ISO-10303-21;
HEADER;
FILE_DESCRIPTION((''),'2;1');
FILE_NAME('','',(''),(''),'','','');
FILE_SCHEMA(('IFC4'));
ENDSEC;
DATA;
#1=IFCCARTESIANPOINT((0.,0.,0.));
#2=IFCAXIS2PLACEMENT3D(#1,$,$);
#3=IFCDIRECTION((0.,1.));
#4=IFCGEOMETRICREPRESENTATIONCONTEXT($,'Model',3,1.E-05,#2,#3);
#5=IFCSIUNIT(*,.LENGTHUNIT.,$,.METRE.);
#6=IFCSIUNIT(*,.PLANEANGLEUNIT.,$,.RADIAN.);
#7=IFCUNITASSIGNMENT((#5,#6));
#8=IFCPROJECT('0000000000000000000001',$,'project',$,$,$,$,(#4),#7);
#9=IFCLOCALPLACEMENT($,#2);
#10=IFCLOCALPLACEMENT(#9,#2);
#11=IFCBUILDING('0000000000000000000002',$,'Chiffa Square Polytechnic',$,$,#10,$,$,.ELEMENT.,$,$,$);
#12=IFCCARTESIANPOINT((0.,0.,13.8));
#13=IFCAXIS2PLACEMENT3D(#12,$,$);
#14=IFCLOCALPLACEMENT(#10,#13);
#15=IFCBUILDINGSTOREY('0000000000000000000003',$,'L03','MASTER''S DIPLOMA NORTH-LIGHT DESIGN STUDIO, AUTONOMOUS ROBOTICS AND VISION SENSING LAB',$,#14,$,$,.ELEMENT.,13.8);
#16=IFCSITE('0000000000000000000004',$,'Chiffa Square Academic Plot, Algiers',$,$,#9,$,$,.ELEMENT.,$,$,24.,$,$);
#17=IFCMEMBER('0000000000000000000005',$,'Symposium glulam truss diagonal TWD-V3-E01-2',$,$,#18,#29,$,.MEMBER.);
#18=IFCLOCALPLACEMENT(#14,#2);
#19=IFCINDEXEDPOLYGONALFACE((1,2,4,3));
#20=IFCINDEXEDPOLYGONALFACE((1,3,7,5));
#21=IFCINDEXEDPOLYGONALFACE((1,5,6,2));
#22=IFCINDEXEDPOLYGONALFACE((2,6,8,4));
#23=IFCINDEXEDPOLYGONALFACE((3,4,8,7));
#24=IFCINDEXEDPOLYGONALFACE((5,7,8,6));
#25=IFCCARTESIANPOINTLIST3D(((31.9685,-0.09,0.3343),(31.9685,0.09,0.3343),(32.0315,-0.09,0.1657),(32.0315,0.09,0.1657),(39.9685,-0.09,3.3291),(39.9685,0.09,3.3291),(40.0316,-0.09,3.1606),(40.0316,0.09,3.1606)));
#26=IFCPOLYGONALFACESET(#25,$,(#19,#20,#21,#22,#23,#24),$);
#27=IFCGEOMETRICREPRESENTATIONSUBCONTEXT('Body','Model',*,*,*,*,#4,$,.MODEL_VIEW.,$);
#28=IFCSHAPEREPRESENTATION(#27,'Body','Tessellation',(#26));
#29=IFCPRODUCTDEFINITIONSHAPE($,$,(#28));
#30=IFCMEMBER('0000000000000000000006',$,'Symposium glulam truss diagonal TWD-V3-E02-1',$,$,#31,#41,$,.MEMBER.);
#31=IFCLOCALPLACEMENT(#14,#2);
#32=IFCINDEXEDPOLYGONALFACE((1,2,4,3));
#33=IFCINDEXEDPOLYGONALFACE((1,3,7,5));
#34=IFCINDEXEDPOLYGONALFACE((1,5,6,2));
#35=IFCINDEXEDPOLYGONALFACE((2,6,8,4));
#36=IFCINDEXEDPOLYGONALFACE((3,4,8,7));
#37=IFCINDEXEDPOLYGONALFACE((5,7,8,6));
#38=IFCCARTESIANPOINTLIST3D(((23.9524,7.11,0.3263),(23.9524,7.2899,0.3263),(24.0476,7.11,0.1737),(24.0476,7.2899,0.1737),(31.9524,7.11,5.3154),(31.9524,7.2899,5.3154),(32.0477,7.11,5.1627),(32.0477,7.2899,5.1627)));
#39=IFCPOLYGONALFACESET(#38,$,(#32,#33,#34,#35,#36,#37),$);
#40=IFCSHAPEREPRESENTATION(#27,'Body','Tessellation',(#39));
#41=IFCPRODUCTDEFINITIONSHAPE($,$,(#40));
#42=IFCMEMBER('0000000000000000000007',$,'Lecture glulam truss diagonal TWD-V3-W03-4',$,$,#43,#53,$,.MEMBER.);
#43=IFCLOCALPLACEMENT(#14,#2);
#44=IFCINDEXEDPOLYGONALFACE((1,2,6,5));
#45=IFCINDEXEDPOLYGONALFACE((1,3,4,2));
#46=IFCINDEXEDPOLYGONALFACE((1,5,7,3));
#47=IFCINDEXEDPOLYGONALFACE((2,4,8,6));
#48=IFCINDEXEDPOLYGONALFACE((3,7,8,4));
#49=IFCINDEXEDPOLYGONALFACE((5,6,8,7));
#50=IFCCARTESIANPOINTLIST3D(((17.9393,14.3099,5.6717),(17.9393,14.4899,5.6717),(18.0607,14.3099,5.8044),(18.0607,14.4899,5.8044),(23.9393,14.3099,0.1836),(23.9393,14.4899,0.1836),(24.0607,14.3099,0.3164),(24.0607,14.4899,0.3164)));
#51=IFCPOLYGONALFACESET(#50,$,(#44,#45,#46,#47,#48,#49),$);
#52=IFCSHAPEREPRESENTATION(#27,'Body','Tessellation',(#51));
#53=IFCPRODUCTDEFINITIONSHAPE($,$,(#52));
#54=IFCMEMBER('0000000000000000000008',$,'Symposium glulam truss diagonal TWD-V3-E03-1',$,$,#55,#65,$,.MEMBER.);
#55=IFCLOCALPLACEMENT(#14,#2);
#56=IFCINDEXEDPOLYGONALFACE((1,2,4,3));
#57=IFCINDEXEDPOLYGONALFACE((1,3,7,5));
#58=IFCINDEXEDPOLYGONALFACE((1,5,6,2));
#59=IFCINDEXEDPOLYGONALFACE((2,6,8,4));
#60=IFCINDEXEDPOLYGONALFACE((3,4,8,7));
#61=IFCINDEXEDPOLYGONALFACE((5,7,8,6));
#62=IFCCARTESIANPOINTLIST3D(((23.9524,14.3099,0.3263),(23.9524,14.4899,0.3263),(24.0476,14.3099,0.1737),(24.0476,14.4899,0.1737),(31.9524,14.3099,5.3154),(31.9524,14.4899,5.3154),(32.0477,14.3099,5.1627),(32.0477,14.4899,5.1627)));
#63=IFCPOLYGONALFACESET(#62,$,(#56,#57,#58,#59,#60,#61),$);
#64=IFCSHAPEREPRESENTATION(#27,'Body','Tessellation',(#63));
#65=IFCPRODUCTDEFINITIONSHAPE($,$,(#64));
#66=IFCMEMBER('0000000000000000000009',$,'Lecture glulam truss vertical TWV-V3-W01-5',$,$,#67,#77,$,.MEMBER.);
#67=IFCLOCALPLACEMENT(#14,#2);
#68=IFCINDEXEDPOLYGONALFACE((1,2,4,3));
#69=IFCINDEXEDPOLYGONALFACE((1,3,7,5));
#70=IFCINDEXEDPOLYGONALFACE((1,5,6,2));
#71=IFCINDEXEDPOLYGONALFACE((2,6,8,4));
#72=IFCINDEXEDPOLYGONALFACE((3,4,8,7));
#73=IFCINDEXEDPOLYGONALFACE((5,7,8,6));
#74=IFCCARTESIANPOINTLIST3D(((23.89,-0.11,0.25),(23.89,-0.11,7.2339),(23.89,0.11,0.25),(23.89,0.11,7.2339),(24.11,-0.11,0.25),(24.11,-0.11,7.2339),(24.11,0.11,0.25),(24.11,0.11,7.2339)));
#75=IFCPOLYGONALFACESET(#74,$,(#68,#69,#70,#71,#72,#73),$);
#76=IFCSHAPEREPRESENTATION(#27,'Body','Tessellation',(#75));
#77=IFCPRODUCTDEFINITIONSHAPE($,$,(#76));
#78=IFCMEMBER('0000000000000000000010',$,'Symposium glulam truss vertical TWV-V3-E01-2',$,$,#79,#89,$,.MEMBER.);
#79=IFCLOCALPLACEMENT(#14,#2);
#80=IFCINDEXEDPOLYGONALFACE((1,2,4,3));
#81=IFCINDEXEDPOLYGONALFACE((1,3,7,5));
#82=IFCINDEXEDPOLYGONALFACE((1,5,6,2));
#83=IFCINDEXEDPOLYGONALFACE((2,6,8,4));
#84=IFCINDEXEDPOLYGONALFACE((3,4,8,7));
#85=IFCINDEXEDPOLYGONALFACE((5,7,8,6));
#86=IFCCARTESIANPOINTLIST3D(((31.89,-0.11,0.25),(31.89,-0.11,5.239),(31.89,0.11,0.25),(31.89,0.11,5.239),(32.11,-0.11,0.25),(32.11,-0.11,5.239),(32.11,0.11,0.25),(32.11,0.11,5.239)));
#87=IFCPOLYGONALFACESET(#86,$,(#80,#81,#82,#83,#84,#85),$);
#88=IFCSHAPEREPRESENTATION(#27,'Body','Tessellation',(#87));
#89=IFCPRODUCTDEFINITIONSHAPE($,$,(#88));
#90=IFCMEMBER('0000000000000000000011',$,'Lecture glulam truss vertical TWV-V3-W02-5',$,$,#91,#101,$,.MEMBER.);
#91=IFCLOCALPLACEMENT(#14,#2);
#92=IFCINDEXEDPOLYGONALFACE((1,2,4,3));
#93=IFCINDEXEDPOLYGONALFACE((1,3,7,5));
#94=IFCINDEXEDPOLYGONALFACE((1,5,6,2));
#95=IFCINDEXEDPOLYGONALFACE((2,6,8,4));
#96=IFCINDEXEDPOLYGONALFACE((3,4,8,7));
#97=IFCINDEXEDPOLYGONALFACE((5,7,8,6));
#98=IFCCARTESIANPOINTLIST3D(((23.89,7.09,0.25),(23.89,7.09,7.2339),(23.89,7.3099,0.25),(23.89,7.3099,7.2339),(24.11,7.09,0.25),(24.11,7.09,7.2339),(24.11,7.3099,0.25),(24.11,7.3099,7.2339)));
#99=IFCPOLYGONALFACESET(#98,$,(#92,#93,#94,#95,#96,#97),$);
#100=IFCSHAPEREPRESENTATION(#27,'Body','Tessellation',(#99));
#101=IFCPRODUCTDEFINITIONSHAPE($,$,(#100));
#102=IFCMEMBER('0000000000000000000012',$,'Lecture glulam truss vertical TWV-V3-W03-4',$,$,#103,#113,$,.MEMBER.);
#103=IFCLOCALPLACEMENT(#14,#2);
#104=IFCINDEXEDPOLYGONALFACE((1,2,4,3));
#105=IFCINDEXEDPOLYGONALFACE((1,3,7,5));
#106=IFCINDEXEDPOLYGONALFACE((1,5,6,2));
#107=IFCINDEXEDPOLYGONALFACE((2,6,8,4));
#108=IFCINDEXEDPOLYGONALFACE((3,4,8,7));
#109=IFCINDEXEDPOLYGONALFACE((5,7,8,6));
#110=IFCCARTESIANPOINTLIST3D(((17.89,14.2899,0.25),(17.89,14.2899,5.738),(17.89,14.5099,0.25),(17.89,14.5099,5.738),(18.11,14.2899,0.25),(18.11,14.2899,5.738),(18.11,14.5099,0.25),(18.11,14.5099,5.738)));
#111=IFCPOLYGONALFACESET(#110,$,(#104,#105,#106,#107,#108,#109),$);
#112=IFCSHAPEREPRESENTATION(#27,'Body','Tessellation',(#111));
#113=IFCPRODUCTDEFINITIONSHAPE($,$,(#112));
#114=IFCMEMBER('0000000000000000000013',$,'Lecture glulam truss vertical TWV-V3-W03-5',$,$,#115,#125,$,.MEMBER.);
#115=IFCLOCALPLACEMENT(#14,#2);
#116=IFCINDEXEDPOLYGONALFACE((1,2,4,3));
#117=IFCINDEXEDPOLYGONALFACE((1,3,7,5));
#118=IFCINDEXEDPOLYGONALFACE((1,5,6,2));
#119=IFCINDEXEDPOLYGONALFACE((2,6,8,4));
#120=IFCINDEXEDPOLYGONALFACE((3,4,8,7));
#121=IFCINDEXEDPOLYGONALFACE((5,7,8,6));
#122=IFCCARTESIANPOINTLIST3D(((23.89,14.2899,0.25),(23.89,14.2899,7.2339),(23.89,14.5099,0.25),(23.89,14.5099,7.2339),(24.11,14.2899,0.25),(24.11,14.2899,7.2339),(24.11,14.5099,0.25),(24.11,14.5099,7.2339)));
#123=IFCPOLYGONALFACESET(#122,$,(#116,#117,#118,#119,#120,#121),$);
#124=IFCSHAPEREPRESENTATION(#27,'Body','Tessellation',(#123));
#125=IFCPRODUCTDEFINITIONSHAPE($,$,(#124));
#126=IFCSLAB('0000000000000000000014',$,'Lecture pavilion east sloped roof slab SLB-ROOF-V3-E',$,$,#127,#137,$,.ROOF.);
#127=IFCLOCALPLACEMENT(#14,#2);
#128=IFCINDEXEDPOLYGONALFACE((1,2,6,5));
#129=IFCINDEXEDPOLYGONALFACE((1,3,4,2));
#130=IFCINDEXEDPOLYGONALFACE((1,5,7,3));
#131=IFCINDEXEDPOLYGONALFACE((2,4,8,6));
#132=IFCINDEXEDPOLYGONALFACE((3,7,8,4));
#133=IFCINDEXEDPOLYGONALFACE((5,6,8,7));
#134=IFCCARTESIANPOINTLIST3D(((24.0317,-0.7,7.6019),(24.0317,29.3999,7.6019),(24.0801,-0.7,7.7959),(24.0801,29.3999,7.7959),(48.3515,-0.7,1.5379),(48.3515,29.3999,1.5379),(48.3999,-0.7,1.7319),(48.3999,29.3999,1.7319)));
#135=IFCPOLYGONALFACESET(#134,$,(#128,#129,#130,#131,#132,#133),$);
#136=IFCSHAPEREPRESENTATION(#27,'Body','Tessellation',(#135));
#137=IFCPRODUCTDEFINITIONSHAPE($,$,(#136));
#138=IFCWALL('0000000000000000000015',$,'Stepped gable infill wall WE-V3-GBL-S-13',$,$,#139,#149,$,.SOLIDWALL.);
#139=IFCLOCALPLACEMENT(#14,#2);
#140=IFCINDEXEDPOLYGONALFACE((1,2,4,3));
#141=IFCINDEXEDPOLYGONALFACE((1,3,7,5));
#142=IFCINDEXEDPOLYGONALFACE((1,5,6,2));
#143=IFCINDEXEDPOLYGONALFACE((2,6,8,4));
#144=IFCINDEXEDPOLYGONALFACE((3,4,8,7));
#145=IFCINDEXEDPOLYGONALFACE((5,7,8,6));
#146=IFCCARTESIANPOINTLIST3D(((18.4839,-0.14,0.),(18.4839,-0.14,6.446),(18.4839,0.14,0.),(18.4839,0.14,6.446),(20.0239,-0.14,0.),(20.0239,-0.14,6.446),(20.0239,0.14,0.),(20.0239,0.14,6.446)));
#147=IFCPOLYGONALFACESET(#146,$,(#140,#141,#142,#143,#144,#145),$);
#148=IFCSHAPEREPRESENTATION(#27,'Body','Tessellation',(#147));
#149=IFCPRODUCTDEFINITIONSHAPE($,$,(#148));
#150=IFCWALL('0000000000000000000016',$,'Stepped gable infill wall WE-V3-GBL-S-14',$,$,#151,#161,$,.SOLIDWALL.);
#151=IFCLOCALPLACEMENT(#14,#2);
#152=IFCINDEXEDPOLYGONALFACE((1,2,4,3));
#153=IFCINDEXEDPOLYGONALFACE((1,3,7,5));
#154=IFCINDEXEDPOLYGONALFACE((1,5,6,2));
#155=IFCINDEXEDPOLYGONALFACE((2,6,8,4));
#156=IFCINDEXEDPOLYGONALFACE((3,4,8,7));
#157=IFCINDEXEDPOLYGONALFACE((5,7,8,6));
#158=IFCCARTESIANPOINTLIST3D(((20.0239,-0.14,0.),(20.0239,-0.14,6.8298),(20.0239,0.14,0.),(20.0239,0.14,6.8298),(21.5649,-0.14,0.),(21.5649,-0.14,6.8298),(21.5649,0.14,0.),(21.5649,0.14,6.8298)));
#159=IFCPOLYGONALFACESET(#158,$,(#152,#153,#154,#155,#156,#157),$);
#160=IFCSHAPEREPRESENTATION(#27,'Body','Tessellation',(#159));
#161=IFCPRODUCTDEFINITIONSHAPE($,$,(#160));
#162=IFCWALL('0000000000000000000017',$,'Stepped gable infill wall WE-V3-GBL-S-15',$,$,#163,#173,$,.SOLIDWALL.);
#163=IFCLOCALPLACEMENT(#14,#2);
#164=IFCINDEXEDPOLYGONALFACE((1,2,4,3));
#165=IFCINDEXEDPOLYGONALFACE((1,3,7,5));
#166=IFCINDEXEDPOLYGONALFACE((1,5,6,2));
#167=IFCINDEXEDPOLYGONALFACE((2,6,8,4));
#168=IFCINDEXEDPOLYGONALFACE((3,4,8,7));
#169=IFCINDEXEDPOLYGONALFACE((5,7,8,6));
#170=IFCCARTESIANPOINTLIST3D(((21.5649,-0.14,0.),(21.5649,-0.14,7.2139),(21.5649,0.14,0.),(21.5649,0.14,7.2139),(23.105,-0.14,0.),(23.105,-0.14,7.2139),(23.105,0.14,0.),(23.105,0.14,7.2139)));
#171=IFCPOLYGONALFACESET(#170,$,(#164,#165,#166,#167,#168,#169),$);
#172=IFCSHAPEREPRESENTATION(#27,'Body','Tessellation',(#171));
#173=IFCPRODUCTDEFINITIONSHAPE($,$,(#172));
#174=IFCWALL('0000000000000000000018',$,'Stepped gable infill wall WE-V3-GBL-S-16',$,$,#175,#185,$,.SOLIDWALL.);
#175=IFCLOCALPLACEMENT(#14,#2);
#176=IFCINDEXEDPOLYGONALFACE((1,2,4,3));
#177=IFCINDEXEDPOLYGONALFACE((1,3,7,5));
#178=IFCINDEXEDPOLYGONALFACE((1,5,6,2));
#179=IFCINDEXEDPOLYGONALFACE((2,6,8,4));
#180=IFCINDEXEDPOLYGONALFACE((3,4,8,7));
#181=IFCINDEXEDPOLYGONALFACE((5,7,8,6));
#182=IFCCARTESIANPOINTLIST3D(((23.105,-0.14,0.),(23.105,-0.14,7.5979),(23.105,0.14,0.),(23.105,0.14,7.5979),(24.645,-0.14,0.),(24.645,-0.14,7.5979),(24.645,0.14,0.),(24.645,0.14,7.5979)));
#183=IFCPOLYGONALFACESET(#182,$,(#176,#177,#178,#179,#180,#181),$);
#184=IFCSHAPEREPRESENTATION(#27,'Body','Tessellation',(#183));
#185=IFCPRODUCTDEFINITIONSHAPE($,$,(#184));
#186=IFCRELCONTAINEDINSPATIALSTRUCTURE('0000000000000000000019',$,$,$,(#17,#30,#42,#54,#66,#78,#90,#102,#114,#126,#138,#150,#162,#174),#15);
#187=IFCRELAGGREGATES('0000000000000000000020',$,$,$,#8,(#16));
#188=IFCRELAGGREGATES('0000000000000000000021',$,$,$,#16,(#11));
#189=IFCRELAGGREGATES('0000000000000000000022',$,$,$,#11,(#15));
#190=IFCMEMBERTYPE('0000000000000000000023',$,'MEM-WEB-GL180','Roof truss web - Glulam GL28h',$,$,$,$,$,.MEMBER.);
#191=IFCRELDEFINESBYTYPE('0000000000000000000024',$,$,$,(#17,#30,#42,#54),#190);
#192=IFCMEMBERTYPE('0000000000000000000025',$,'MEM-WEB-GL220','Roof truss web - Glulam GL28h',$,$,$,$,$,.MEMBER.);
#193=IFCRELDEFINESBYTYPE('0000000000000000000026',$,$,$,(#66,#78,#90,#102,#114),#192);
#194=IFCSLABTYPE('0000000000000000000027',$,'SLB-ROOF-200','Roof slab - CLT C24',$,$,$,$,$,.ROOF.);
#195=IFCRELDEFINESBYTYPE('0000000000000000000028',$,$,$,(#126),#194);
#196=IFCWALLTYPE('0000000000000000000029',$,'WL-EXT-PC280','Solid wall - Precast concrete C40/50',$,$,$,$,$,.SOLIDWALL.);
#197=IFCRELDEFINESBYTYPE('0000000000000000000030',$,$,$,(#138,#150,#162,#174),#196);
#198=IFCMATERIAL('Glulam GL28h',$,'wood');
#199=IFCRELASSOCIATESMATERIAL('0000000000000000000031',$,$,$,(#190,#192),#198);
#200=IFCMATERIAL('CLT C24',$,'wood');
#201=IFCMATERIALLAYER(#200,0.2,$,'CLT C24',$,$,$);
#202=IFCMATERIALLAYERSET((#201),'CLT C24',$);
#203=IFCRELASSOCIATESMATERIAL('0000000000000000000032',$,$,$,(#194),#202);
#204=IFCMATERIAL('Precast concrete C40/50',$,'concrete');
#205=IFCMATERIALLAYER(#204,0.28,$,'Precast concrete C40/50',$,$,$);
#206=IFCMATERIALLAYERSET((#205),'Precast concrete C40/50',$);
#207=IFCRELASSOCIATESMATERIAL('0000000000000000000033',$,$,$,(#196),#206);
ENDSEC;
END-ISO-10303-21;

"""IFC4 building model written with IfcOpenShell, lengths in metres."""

from ifc_helpers import new_model, si_unit, direction, frame, frame_2d, origin, origin_2d, place, context, subcontext, project, spatial, polyline, rectangle, outline, extrude, material, layer, layer_set, material_profile, profile_set, type_object, element, save


model = new_model("IFC4")

# Units and contexts
model_context = context("Model", 3, precision=1e-05, world=origin(), true_north=direction((0.0, 1.0)))
body_context = subcontext(model_context, "Body", "Model", "MODEL_VIEW")
ifc_project = project(units=[si_unit("LENGTHUNIT", "METRE"), si_unit("PLANEANGLEUNIT", "RADIAN")], contexts=[model_context])

# Site, building, storey
site_placement = place(None, origin())
site = spatial("IfcSite", under=ifc_project, at=site_placement, Name="Chiffa Square Academic Plot, Algiers", CompositionType="ELEMENT", RefElevation=24.0)
building_placement = place(site_placement, origin())
building = spatial("IfcBuilding", under=site, at=building_placement, Name="Chiffa Square Polytechnic", CompositionType="ELEMENT")
storey_placement = place(building_placement, frame((0.0, 0.0, 13.8)))
storey = spatial("IfcBuildingStorey", under=building, at=storey_placement, Name="L03", Description="MASTER'S DIPLOMA NORTH-LIGHT DESIGN STUDIO, AUTONOMOUS ROBOTICS AND VISION SENSING LAB", CompositionType="ELEMENT", Elevation=13.8)

# Members
ifc_material_1 = material(Name="Glulam GL28h", Category="wood")
ifc_material_profile_1 = material_profile(ifc_material_1, rectangle(XDim=0.1799, YDim=0.1799, at=origin_2d()), Name="GL28h 180x180")
ifc_profile_set_1 = profile_set([ifc_material_profile_1], Name="Glulam GL28h")
member_type_1 = type_object("IfcMemberType", Name="MEM-WEB-GL180", Description="Roof truss web - Glulam GL28h", PredefinedType="MEMBER", material=ifc_profile_set_1)
member_1_placement = place(storey_placement, frame((32.0, 0.0, 0.25), z_axis=(0.936526, 0.0, 0.350597), x_axis=(0.0, 1.0, 0.0)))
element("IfcMember", 1, at=member_1_placement, inside=storey, type_object=member_type_1, Name="Symposium glulam truss diagonal TWD-V3-E01-2", PredefinedType="MEMBER", context=body_context, shape_type="SweptSolid", body=[
    extrude(rectangle(XDim=0.1799, YDim=0.1799, at=origin_2d()), origin(), (0.0, 0.0, 1.0), 8.5422),
])
member_2_placement = place(storey_placement, frame((24.0, 7.2, 0.25), z_axis=(0.848522, 0.0, 0.529161), x_axis=(0.0, 1.0, 0.0)))
element("IfcMember", 2, at=member_2_placement, inside=storey, type_object=member_type_1, Name="Symposium glulam truss diagonal TWD-V3-E02-1", PredefinedType="MEMBER", context=body_context, shape_type="SweptSolid", body=[
    extrude(rectangle(XDim=0.1799, YDim=0.1799, at=origin_2d()), origin(), (0.0, 0.0, 1.0), 9.4282),
])
member_3_placement = place(storey_placement, frame((18.0, 14.3999, 5.738), z_axis=(0.737887, 0.0, -0.674925), x_axis=(0.0, 1.0, 0.0)))
element("IfcMember", 3, at=member_3_placement, inside=storey, type_object=member_type_1, Name="Lecture glulam truss diagonal TWD-V3-W03-4", PredefinedType="MEMBER", context=body_context, shape_type="SweptSolid", body=[
    extrude(rectangle(XDim=0.1799, YDim=0.1799, at=origin_2d()), origin(), (0.0, 0.0, 1.0), 8.1313),
])
member_4_placement = place(storey_placement, frame((24.0, 14.3999, 0.25), z_axis=(0.848522, 0.0, 0.529161), x_axis=(0.0, 1.0, 0.0)))
element("IfcMember", 4, at=member_4_placement, inside=storey, type_object=member_type_1, Name="Symposium glulam truss diagonal TWD-V3-E03-1", PredefinedType="MEMBER", context=body_context, shape_type="SweptSolid", body=[
    extrude(rectangle(XDim=0.1799, YDim=0.1799, at=origin_2d()), origin(), (0.0, 0.0, 1.0), 9.4282),
])
ifc_material_profile_2 = material_profile(ifc_material_1, rectangle(XDim=0.22, YDim=0.22, at=origin_2d()), Name="GL28h 220x220")
ifc_profile_set_2 = profile_set([ifc_material_profile_2], Name="Glulam GL28h")
member_type_2 = type_object("IfcMemberType", Name="MEM-WEB-GL220", Description="Roof truss web - Glulam GL28h", PredefinedType="MEMBER", material=ifc_profile_set_2)
member_5_placement = place(storey_placement, frame((24.0, 0.0, 0.25), z_axis=(0.0, 0.0, 1.0), x_axis=(1.0, 0.0, 0.0)))
element("IfcMember", 5, at=member_5_placement, inside=storey, type_object=member_type_2, Name="Lecture glulam truss vertical TWV-V3-W01-5", PredefinedType="MEMBER", context=body_context, shape_type="SweptSolid", body=[
    extrude(rectangle(XDim=0.22, YDim=0.22, at=origin_2d()), origin(), (0.0, 0.0, 1.0), 6.9839),
])
member_6_placement = place(storey_placement, frame((32.0, 0.0, 0.25), z_axis=(0.0, 0.0, 1.0), x_axis=(1.0, 0.0, 0.0)))
element("IfcMember", 6, at=member_6_placement, inside=storey, type_object=member_type_2, Name="Symposium glulam truss vertical TWV-V3-E01-2", PredefinedType="MEMBER", context=body_context, shape_type="SweptSolid", body=[
    extrude(rectangle(XDim=0.22, YDim=0.22, at=origin_2d()), origin(), (0.0, 0.0, 1.0), 4.989),
])
member_7_placement = place(storey_placement, frame((24.0, 7.2, 0.25), z_axis=(0.0, 0.0, 1.0), x_axis=(1.0, 0.0, 0.0)))
element("IfcMember", 7, at=member_7_placement, inside=storey, type_object=member_type_2, Name="Lecture glulam truss vertical TWV-V3-W02-5", PredefinedType="MEMBER", context=body_context, shape_type="SweptSolid", body=[
    extrude(rectangle(XDim=0.22, YDim=0.22, at=origin_2d()), origin(), (0.0, 0.0, 1.0), 6.9839),
])
member_8_placement = place(storey_placement, frame((18.0, 14.3999, 0.25), z_axis=(0.0, 0.0, 1.0), x_axis=(1.0, 0.0, 0.0)))
element("IfcMember", 8, at=member_8_placement, inside=storey, type_object=member_type_2, Name="Lecture glulam truss vertical TWV-V3-W03-4", PredefinedType="MEMBER", context=body_context, shape_type="SweptSolid", body=[
    extrude(rectangle(XDim=0.22, YDim=0.22, at=origin_2d()), origin(), (0.0, 0.0, 1.0), 5.488),
])
member_9_placement = place(storey_placement, frame((24.0, 14.3999, 0.25), z_axis=(0.0, 0.0, 1.0), x_axis=(1.0, 0.0, 0.0)))
element("IfcMember", 9, at=member_9_placement, inside=storey, type_object=member_type_2, Name="Lecture glulam truss vertical TWV-V3-W03-5", PredefinedType="MEMBER", context=body_context, shape_type="SweptSolid", body=[
    extrude(rectangle(XDim=0.22, YDim=0.22, at=origin_2d()), origin(), (0.0, 0.0, 1.0), 6.9839),
])

# Slab
ifc_material_2 = material(Name="CLT C24", Category="wood")
ifc_layer_1 = layer(ifc_material_2, 0.2, Name="CLT C24")
ifc_layer_set_1 = layer_set([ifc_layer_1], Name="CLT C24")
slab_type = type_object("IfcSlabType", Name="SLB-ROOF-200", Description="Roof slab - CLT C24", PredefinedType="ROOF", material=ifc_layer_set_1)
slab_placement = place(storey_placement, frame((24.0801, -0.7, 7.7959), z_axis=(0.241935, 0.0, 0.970292), x_axis=(0.970292, 0.0, -0.241935)))
element("IfcSlab", 10, at=slab_placement, inside=storey, type_object=slab_type, Name="Lecture pavilion east sloped roof slab SLB-ROOF-V3-E", PredefinedType="ROOF", context=body_context, shape_type="SweptSolid", body=[
    extrude(outline(polyline([(0.0, 0.0), (25.0644, 0.0), (25.0644, 30.0999), (0.0, 30.0999), (0.0, 0.0)])), origin(), (0.0, 0.0, -1.0), 0.2),
])

# Walls
ifc_material_3 = material(Name="Precast concrete C40/50", Category="concrete")
ifc_layer_2 = layer(ifc_material_3, 0.28, Name="Precast concrete C40/50")
ifc_layer_set_2 = layer_set([ifc_layer_2], Name="Precast concrete C40/50")
wall_type = type_object("IfcWallType", Name="WL-EXT-PC280", Description="Solid wall - Precast concrete C40/50", PredefinedType="SOLIDWALL", material=ifc_layer_set_2)
wall_1_placement = place(storey_placement, frame((18.4839, 0.0, 0.0), z_axis=(0.0, 0.0, 1.0), x_axis=(1.0, 0.0, 0.0)))
element("IfcWall", 11, at=wall_1_placement, inside=storey, type_object=wall_type, Name="Stepped gable infill wall WE-V3-GBL-S-13", PredefinedType="SOLIDWALL", context=body_context, shape_type="SweptSolid", body=[
    extrude(rectangle(XDim=1.54, YDim=0.28, at=frame_2d((0.77, 0.0))), origin(), (0.0, 0.0, 1.0), 6.446),
])
wall_2_placement = place(storey_placement, frame((20.0239, 0.0, 0.0), z_axis=(0.0, 0.0, 1.0), x_axis=(1.0, 0.0, 0.0)))
element("IfcWall", 12, at=wall_2_placement, inside=storey, type_object=wall_type, Name="Stepped gable infill wall WE-V3-GBL-S-14", PredefinedType="SOLIDWALL", context=body_context, shape_type="SweptSolid", body=[
    extrude(rectangle(XDim=1.541, YDim=0.28, at=frame_2d((0.7705, 0.0))), origin(), (0.0, 0.0, 1.0), 6.8298),
])
wall_3_placement = place(storey_placement, frame((21.5649, 0.0, 0.0), z_axis=(0.0, 0.0, 1.0), x_axis=(1.0, 0.0, 0.0)))
element("IfcWall", 13, at=wall_3_placement, inside=storey, type_object=wall_type, Name="Stepped gable infill wall WE-V3-GBL-S-15", PredefinedType="SOLIDWALL", context=body_context, shape_type="SweptSolid", body=[
    extrude(rectangle(XDim=1.54, YDim=0.28, at=frame_2d((0.77, 0.0))), origin(), (0.0, 0.0, 1.0), 7.2139),
])
wall_4_placement = place(storey_placement, frame((23.105, 0.0, 0.0), z_axis=(0.0, 0.0, 1.0), x_axis=(1.0, 0.0, 0.0)))
element("IfcWall", 14, at=wall_4_placement, inside=storey, type_object=wall_type, Name="Stepped gable infill wall WE-V3-GBL-S-16", PredefinedType="SOLIDWALL", context=body_context, shape_type="SweptSolid", body=[
    extrude(rectangle(XDim=1.54, YDim=0.28, at=frame_2d((0.77, 0.0))), origin(), (0.0, 0.0, 1.0), 7.5979),
])

save(model, "model.ifc")
